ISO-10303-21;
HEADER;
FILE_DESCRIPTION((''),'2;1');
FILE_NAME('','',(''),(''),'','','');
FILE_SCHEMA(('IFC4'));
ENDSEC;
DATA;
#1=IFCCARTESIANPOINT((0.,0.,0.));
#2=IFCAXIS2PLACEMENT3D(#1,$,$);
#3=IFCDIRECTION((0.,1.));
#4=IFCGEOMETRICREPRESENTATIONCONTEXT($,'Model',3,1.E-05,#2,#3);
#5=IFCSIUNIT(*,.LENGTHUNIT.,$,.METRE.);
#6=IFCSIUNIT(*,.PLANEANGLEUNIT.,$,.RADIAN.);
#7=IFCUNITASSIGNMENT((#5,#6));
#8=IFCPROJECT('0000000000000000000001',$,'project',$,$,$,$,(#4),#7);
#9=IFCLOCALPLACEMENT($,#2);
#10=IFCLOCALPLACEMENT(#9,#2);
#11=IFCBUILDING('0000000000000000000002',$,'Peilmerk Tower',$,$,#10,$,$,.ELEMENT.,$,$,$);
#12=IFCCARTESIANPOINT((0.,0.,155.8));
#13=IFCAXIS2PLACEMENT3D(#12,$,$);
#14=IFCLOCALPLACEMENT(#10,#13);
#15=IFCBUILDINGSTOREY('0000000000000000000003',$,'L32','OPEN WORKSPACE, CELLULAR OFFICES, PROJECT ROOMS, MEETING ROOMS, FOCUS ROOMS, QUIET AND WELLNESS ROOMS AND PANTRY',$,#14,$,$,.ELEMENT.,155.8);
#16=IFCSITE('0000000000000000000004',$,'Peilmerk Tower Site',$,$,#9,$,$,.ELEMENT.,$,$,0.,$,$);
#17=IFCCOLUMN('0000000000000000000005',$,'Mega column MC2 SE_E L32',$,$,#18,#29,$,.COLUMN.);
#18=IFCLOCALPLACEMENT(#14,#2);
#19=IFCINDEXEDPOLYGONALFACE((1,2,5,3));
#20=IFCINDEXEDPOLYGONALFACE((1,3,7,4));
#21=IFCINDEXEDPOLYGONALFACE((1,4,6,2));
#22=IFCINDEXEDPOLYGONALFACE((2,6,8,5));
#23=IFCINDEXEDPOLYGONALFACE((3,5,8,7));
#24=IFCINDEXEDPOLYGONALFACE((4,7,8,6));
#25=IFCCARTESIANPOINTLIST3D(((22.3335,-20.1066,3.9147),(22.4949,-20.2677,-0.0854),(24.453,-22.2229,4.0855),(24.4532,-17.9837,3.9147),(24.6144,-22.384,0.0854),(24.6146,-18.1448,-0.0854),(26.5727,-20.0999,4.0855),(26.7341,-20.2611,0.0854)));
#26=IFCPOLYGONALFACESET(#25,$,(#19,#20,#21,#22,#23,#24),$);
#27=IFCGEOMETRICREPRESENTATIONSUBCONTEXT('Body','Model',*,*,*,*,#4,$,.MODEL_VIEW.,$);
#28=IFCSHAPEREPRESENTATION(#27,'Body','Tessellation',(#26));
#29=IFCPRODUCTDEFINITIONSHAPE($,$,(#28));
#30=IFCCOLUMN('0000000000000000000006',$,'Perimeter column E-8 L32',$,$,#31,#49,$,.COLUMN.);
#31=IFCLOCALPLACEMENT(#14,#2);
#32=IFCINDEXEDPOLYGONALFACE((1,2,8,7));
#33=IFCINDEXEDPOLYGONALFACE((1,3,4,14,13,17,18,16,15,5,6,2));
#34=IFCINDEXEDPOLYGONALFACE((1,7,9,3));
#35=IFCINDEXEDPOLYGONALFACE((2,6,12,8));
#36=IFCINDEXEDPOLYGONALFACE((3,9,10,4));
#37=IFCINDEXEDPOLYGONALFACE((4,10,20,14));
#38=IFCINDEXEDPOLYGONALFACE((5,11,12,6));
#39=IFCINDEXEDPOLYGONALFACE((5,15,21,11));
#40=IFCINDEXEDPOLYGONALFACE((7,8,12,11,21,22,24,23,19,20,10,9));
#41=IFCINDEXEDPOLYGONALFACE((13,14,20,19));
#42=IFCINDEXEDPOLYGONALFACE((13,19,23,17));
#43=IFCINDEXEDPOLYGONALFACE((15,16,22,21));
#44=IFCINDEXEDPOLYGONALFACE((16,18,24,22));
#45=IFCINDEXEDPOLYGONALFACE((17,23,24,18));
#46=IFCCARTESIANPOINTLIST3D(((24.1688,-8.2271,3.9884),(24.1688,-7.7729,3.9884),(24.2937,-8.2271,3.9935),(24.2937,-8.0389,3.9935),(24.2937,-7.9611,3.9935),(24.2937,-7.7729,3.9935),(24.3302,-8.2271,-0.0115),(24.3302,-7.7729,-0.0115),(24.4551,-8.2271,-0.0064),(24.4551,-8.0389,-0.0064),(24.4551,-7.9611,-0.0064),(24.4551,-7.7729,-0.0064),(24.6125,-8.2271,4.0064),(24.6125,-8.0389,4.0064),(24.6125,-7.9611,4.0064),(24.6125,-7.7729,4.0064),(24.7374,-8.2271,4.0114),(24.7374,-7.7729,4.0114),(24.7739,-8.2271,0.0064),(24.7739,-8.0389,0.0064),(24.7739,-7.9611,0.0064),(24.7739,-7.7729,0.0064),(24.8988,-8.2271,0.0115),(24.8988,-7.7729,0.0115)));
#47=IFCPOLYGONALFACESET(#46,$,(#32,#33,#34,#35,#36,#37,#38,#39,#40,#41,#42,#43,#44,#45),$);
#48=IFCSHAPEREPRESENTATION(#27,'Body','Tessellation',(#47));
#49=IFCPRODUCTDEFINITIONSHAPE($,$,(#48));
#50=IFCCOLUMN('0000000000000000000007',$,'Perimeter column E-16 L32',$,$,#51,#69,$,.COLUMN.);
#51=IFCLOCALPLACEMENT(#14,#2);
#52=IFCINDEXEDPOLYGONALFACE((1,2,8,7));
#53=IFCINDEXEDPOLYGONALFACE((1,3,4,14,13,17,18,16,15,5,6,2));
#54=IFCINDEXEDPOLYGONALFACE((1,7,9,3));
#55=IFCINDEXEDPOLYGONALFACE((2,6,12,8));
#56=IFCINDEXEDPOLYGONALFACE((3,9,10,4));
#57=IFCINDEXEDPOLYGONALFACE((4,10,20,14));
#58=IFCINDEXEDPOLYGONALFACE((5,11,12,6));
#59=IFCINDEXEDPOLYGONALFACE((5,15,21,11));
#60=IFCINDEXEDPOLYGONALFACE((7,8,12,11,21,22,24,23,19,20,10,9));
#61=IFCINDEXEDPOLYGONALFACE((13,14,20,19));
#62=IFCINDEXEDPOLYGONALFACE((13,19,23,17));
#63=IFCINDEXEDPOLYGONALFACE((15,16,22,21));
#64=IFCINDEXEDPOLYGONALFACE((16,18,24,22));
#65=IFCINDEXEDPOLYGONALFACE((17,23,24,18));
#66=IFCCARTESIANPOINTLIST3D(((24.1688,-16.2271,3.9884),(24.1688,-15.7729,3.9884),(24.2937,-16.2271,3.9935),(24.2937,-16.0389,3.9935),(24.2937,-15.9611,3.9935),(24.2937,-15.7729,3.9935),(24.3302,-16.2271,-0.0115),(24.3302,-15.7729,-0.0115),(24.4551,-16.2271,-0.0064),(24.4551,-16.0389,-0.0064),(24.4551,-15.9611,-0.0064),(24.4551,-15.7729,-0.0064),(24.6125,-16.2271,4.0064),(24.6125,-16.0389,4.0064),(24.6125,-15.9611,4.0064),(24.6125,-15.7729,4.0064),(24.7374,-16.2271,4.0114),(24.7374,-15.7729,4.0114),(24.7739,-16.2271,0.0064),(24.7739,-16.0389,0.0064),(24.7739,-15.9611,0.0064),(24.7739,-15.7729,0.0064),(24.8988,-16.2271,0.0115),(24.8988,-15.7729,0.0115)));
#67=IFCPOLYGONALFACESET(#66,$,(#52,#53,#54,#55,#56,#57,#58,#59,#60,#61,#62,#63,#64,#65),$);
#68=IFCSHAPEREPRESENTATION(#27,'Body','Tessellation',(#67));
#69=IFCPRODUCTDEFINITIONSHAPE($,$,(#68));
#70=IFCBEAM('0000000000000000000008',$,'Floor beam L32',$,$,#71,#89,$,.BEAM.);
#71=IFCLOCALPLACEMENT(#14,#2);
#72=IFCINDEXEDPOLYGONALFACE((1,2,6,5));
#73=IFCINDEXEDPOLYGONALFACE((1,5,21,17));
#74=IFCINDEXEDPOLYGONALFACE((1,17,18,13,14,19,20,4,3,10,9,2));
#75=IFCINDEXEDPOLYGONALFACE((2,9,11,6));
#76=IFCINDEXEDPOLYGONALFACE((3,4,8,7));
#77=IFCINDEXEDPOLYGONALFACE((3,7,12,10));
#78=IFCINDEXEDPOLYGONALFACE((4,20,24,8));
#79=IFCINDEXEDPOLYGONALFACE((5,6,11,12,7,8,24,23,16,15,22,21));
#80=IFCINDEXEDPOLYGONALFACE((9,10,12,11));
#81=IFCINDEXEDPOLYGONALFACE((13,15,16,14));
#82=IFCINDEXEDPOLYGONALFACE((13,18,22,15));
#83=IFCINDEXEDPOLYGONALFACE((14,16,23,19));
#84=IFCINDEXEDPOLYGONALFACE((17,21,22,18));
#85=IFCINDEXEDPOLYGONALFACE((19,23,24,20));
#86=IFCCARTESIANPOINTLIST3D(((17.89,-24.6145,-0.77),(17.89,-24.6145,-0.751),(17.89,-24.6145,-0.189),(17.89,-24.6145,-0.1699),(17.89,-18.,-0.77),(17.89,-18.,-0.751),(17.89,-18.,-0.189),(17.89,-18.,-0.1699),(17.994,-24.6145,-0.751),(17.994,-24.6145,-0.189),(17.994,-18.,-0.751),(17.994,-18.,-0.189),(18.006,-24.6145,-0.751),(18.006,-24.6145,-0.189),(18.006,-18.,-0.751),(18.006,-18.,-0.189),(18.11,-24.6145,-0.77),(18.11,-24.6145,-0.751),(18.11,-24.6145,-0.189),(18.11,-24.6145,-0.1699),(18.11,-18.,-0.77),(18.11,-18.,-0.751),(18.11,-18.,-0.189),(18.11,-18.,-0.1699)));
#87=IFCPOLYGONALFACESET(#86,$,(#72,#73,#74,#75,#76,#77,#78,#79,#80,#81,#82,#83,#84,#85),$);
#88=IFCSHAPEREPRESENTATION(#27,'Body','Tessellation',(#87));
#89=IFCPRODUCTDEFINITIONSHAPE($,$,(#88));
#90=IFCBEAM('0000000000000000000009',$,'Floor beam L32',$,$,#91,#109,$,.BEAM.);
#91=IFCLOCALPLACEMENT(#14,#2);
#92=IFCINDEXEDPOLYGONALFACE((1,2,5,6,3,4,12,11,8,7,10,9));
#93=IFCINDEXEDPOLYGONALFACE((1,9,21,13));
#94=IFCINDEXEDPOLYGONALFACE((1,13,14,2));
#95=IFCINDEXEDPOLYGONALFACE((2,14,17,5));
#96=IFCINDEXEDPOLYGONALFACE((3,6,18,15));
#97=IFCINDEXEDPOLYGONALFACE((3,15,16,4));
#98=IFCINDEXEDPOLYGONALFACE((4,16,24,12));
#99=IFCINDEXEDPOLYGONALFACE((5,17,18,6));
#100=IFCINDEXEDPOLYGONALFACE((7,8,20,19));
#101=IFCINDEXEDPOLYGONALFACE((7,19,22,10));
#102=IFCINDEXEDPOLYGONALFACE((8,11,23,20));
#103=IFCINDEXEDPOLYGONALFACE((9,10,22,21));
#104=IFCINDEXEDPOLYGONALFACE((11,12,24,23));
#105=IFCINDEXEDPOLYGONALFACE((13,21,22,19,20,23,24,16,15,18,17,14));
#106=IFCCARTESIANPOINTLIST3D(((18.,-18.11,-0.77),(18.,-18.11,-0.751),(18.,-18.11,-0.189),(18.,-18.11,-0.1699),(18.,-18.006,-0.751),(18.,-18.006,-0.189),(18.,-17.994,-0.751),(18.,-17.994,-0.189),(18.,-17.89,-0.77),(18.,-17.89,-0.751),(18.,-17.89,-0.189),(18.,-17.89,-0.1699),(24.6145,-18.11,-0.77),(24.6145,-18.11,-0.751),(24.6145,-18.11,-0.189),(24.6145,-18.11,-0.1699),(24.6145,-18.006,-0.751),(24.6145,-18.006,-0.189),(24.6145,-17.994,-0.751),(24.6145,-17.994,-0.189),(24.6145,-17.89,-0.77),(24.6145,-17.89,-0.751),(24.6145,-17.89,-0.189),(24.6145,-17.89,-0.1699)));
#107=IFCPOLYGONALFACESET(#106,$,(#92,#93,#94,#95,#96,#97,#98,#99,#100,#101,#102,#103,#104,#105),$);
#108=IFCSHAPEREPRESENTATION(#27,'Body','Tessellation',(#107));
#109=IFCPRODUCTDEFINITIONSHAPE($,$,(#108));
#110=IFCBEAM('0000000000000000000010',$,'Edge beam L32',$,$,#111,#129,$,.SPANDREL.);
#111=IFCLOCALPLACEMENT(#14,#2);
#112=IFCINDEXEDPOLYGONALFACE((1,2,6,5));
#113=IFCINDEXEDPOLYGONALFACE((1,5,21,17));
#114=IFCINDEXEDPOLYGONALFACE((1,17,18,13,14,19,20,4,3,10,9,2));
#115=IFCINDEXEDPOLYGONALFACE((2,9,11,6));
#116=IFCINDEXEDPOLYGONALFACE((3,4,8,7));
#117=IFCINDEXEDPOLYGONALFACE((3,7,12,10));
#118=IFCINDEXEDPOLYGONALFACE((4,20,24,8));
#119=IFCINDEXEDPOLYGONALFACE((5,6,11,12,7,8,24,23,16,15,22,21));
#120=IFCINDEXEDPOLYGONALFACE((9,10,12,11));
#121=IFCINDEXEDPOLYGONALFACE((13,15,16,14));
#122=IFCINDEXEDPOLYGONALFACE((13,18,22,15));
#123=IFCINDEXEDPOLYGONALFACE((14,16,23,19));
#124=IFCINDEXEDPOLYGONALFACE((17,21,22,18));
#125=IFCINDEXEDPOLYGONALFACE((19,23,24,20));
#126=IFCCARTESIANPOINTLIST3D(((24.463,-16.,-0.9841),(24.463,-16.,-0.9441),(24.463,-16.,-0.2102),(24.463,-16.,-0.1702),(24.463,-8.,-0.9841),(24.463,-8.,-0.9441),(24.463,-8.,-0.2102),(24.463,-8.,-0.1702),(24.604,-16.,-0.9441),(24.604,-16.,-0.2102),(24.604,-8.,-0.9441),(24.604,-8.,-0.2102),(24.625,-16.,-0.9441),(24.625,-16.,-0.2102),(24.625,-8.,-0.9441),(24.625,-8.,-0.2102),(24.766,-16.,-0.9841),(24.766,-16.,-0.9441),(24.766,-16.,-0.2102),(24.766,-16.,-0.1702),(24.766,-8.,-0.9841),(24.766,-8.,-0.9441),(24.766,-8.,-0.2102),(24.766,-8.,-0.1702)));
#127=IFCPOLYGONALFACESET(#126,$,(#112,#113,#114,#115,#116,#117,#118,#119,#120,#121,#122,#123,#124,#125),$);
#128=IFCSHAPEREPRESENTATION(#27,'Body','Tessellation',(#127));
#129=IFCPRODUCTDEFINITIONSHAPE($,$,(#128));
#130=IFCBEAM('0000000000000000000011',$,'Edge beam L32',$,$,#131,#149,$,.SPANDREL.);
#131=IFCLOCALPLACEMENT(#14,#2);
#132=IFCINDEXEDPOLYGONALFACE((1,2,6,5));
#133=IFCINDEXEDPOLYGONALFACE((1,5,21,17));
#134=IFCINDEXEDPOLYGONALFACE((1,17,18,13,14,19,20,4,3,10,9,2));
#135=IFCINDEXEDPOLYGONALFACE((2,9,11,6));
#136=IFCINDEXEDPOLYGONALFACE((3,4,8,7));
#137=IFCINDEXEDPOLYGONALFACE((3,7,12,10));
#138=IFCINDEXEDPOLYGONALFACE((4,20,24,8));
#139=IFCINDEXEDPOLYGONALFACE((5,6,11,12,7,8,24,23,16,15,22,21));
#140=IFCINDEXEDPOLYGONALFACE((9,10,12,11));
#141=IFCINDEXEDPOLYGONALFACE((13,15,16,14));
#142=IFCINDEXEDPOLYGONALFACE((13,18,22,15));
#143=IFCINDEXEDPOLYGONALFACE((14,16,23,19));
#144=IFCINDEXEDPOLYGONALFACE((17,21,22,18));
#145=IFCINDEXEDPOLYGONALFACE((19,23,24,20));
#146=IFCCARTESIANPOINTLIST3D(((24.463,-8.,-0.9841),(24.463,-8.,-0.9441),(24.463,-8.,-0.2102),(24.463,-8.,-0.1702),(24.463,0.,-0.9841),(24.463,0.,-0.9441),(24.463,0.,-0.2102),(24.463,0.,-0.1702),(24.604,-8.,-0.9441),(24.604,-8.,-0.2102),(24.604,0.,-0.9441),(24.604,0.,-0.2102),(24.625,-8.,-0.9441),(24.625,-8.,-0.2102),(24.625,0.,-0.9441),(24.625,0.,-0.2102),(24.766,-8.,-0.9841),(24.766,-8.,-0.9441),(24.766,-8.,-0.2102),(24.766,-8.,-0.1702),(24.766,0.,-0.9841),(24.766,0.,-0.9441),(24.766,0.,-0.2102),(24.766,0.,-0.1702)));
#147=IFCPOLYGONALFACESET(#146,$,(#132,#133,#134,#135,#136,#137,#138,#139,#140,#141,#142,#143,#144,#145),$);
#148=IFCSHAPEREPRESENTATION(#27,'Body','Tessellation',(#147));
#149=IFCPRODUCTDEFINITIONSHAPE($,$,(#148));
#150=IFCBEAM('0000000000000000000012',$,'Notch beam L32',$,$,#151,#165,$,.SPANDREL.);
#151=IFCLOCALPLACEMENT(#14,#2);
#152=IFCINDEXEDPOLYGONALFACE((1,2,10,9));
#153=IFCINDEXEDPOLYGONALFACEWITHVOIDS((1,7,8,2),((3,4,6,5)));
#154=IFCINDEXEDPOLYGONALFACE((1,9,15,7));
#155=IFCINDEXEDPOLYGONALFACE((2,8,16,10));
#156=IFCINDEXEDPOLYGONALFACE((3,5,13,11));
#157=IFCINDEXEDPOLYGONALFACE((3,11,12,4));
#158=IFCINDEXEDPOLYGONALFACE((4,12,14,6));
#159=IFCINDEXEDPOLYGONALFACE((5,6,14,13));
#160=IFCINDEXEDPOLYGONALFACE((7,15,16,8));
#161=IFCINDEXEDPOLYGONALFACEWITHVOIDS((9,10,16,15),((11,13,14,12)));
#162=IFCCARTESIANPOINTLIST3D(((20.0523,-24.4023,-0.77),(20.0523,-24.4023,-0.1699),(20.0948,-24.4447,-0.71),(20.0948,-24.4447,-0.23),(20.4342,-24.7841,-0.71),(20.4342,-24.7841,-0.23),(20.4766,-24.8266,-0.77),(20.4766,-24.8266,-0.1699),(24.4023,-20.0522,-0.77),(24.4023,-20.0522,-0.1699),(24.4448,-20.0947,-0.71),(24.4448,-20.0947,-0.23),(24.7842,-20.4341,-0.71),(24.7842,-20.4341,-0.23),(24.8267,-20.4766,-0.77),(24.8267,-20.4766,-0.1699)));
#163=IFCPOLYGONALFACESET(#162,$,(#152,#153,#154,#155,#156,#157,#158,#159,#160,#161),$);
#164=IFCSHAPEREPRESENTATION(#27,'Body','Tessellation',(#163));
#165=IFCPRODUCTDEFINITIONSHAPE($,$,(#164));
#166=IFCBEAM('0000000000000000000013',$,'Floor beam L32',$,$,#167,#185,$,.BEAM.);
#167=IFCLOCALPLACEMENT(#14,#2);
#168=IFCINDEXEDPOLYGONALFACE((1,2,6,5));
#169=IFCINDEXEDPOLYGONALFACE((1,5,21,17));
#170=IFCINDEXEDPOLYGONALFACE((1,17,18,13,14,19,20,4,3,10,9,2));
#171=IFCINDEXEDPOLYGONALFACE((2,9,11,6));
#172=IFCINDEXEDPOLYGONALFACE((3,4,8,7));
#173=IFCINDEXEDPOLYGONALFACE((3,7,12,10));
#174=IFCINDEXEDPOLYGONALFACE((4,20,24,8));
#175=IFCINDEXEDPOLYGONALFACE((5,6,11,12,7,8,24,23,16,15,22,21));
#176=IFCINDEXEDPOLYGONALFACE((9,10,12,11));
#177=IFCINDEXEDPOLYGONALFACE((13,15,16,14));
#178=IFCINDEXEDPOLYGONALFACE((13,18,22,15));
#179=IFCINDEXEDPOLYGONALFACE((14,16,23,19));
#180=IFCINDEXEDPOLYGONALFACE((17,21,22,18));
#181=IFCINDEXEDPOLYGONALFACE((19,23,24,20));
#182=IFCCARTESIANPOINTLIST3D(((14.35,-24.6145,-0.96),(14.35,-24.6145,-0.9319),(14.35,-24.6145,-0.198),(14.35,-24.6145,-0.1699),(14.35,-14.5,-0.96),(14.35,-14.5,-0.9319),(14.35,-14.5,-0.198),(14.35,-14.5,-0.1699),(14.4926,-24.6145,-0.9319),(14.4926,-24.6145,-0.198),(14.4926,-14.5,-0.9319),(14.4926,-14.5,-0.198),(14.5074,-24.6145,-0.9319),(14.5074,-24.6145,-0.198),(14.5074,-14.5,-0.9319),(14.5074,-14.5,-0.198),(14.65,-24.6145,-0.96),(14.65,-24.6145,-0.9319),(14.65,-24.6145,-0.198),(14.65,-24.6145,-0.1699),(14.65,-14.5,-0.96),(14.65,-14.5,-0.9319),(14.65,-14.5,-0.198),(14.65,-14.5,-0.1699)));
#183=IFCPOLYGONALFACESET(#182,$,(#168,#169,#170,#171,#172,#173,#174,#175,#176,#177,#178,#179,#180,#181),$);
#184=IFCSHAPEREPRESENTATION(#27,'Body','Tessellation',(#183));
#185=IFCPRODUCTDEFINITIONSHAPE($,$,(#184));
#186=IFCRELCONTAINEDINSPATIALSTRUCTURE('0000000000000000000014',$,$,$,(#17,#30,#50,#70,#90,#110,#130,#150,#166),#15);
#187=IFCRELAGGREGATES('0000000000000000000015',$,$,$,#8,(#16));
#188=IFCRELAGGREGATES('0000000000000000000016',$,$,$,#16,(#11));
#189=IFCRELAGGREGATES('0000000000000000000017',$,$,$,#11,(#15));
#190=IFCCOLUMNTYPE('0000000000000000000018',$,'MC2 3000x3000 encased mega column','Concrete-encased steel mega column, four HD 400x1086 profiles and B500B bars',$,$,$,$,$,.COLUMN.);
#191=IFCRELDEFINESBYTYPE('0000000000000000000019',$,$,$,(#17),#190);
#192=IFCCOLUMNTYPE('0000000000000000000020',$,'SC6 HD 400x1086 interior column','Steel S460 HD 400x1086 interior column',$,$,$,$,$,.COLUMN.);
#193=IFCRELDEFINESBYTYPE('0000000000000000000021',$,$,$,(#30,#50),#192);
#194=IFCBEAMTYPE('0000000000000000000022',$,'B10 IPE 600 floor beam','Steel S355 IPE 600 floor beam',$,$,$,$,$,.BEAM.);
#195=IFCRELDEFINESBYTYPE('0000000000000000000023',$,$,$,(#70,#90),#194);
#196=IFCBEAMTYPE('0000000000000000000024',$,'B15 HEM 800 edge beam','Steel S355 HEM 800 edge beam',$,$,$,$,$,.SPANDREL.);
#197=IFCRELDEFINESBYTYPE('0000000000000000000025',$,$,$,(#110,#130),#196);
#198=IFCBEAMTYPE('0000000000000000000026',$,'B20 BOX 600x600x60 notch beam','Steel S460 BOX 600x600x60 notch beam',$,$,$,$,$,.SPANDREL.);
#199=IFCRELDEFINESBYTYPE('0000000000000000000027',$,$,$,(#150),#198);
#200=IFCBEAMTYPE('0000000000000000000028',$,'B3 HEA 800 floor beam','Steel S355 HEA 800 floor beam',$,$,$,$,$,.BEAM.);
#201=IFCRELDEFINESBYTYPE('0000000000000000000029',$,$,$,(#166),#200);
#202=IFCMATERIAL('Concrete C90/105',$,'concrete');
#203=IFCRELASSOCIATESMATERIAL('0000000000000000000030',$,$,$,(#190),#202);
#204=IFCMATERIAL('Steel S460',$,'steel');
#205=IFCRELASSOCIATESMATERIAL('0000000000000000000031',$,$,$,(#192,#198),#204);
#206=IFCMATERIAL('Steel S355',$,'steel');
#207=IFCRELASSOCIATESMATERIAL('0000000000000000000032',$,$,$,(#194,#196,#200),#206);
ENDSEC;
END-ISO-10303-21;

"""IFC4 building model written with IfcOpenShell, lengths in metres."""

from ifc_helpers import new_model, si_unit, direction, frame, origin, origin_2d, place, context, subcontext, project, spatial, rectangle, hollow_rectangle, i_section, extrude, material, material_profile, profile_set, type_object, element, save


model = new_model("IFC4")

# Units and contexts
model_context = context("Model", 3, precision=1e-05, world=origin(), true_north=direction((0.0, 1.0)))
body_context = subcontext(model_context, "Body", "Model", "MODEL_VIEW")
ifc_project = project(units=[si_unit("LENGTHUNIT", "METRE"), si_unit("PLANEANGLEUNIT", "RADIAN")], contexts=[model_context])

# Site, building, storey
site_placement = place(None, origin())
site = spatial("IfcSite", under=ifc_project, at=site_placement, Name="Peilmerk Tower Site", CompositionType="ELEMENT", RefElevation=0.0)
building_placement = place(site_placement, origin())
building = spatial("IfcBuilding", under=site, at=building_placement, Name="Peilmerk Tower", CompositionType="ELEMENT")
storey_placement = place(building_placement, frame((0.0, 0.0, 155.8)))
storey = spatial("IfcBuildingStorey", under=building, at=storey_placement, Name="L32", Description="OPEN WORKSPACE, CELLULAR OFFICES, PROJECT ROOMS, MEETING ROOMS, FOCUS ROOMS, QUIET AND WELLNESS ROOMS AND PANTRY", CompositionType="ELEMENT", Elevation=155.8)

# Columns
ifc_material_1 = material(Name="Concrete C90/105", Category="concrete")
ifc_material_profile_1 = material_profile(ifc_material_1, rectangle(XDim=3.0, YDim=3.0, at=origin_2d()), Name="RC 3000x3000")
ifc_profile_set_1 = profile_set([ifc_material_profile_1], Name="Concrete C90/105")
column_type_1 = type_object("IfcColumnType", Name="MC2 3000x3000 encased mega column", Description="Concrete-encased steel mega column, four HD 400x1086 profiles and B500B bars", PredefinedType="COLUMN", material=ifc_profile_set_1)
column_placement = place(storey_placement, frame((24.6145, -20.2644, 0.0), z_axis=(-0.040279, 0.040218, 0.998379), x_axis=(-0.706571, -0.707642, 0.0)))
element("IfcColumn", 1, at=column_placement, inside=storey, type_object=column_type_1, Name="Mega column MC2 SE_E L32", PredefinedType="COLUMN", context=body_context, shape_type="SweptSolid", body=[
    extrude(rectangle(XDim=3.0, YDim=3.0, at=origin_2d()), origin(), (0.0, 0.0, 1.0), 4.0066),
])
ifc_material_2 = material(Name="Steel S460", Category="steel")
ifc_material_profile_2 = material_profile(ifc_material_2, i_section(OverallWidth=0.4541, OverallDepth=0.5691, WebThickness=0.0779, FlangeThickness=0.125, at=origin_2d()), Name="HD 400x1086")
ifc_profile_set_2 = profile_set([ifc_material_profile_2], Name="Steel S460")
column_type_2 = type_object("IfcColumnType", Name="SC6 HD 400x1086 interior column", Description="Steel S460 HD 400x1086 interior column", PredefinedType="COLUMN", material=ifc_profile_set_2)
for number, where, z_axis, x_axis, name in (
    (2, (24.6145, -8.0, 0.0), (-0.040311, 0.0, 0.999187), (0.0, -1.0, 0.0), "Perimeter column E-8 L32"),
    (3, (24.6145, -16.0, 0.0), (-0.040311, 0.0, 0.999187), (0.0, -1.0, 0.0), "Perimeter column E-16 L32"),
):
    element("IfcColumn", number, at=place(storey_placement, frame(where, z_axis=z_axis, x_axis=x_axis)), inside=storey, type_object=column_type_2, Name=name, PredefinedType="COLUMN", context=body_context, shape_type="SweptSolid", body=[
        extrude(i_section(OverallWidth=0.4541, OverallDepth=0.5691, WebThickness=0.0779, FlangeThickness=0.125, at=origin_2d()), origin(), (0.0, 0.0, 1.0), 4.0032),
    ])

# Beams
ifc_material_3 = material(Name="Steel S355", Category="steel")
ifc_material_profile_3 = material_profile(ifc_material_3, i_section(OverallWidth=0.22, OverallDepth=0.6001, WebThickness=0.012, FlangeThickness=0.019, at=origin_2d()), Name="IPE 600")
ifc_profile_set_3 = profile_set([ifc_material_profile_3], Name="Steel S355")
beam_type_1 = type_object("IfcBeamType", Name="B10 IPE 600 floor beam", Description="Steel S355 IPE 600 floor beam", PredefinedType="BEAM", material=ifc_profile_set_3)
for number, where, z_axis, x_axis, name in (
    (4, (18.0, -18.0, -0.47), (0.0, -1.0, 0.0), (1.0, 0.0, 0.0), "Floor beam L32"),
    (5, (18.0, -18.0, -0.47), (1.0, 0.0, 0.0), (0.0, 1.0, 0.0), "Floor beam L32"),
):
    element("IfcBeam", number, at=place(storey_placement, frame(where, z_axis=z_axis, x_axis=x_axis)), inside=storey, type_object=beam_type_1, Name=name, PredefinedType="BEAM", context=body_context, shape_type="SweptSolid", body=[
        extrude(i_section(OverallWidth=0.22, OverallDepth=0.6001, WebThickness=0.012, FlangeThickness=0.019, at=origin_2d()), origin(), (0.0, 0.0, 1.0), 6.6145),
    ])
ifc_material_profile_4 = material_profile(ifc_material_3, i_section(OverallWidth=0.303, OverallDepth=0.814, WebThickness=0.021, FlangeThickness=0.04, at=origin_2d()), Name="HEM 800")
ifc_profile_set_4 = profile_set([ifc_material_profile_4], Name="Steel S355")
beam_type_2 = type_object("IfcBeamType", Name="B15 HEM 800 edge beam", Description="Steel S355 HEM 800 edge beam", PredefinedType="SPANDREL", material=ifc_profile_set_4)
for number, where, z_axis, x_axis, name in (
    (6, (24.6145, -16.0, -0.5771), (0.0, 1.0, 0.0), (-1.0, 0.0, 0.0), "Edge beam L32"),
    (7, (24.6145, -8.0, -0.5771), (0.0, 1.0, 0.0), (-1.0, 0.0, 0.0), "Edge beam L32"),
):
    element("IfcBeam", number, at=place(storey_placement, frame(where, z_axis=z_axis, x_axis=x_axis)), inside=storey, type_object=beam_type_2, Name=name, PredefinedType="SPANDREL", context=body_context, shape_type="SweptSolid", body=[
        extrude(i_section(OverallWidth=0.303, OverallDepth=0.814, WebThickness=0.021, FlangeThickness=0.04, at=origin_2d()), origin(), (0.0, 0.0, 1.0), 8.0),
    ])
ifc_material_profile_5 = material_profile(ifc_material_2, hollow_rectangle(XDim=0.6001, YDim=0.6001, WallThickness=0.0601, at=origin_2d()), Name="BOX 600x600x60")
ifc_profile_set_5 = profile_set([ifc_material_profile_5], Name="Steel S460")
beam_type_3 = type_object("IfcBeamType", Name="B20 BOX 600x600x60 notch beam", Description="Steel S460 BOX 600x600x60 notch beam", PredefinedType="SPANDREL", material=ifc_profile_set_5)
beam_1_placement = place(storey_placement, frame((24.6145, -20.2644, -0.47), z_axis=(-0.707107, -0.707107, 0.0), x_axis=(0.707107, -0.707107, 0.0)))
element("IfcBeam", 8, at=beam_1_placement, inside=storey, type_object=beam_type_3, Name="Notch beam L32", PredefinedType="SPANDREL", context=body_context, shape_type="SweptSolid", body=[
    extrude(hollow_rectangle(XDim=0.6001, YDim=0.6001, WallThickness=0.0601, at=origin_2d()), origin(), (0.0, 0.0, 1.0), 6.1519),
])
ifc_material_profile_6 = material_profile(ifc_material_3, i_section(OverallWidth=0.3, OverallDepth=0.79, WebThickness=0.0149, FlangeThickness=0.0281, at=origin_2d()), Name="HEA 800")
ifc_profile_set_6 = profile_set([ifc_material_profile_6], Name="Steel S355")
beam_type_4 = type_object("IfcBeamType", Name="B3 HEA 800 floor beam", Description="Steel S355 HEA 800 floor beam", PredefinedType="BEAM", material=ifc_profile_set_6)
for number, where, z_axis, x_axis, name in (
    (9, (14.5, -14.5, -0.5649), (0.0, -1.0, 0.0), (1.0, 0.0, 0.0), "Floor beam L32"),
):
    element("IfcBeam", number, at=place(storey_placement, frame(where, z_axis=z_axis, x_axis=x_axis)), inside=storey, type_object=beam_type_4, Name=name, PredefinedType="BEAM", context=body_context, shape_type="SweptSolid", body=[
        extrude(i_section(OverallWidth=0.3, OverallDepth=0.79, WebThickness=0.0149, FlangeThickness=0.0281, at=origin_2d()), origin(), (0.0, 0.0, 1.0), 10.1145),
    ])

save(model, "model.ifc")
